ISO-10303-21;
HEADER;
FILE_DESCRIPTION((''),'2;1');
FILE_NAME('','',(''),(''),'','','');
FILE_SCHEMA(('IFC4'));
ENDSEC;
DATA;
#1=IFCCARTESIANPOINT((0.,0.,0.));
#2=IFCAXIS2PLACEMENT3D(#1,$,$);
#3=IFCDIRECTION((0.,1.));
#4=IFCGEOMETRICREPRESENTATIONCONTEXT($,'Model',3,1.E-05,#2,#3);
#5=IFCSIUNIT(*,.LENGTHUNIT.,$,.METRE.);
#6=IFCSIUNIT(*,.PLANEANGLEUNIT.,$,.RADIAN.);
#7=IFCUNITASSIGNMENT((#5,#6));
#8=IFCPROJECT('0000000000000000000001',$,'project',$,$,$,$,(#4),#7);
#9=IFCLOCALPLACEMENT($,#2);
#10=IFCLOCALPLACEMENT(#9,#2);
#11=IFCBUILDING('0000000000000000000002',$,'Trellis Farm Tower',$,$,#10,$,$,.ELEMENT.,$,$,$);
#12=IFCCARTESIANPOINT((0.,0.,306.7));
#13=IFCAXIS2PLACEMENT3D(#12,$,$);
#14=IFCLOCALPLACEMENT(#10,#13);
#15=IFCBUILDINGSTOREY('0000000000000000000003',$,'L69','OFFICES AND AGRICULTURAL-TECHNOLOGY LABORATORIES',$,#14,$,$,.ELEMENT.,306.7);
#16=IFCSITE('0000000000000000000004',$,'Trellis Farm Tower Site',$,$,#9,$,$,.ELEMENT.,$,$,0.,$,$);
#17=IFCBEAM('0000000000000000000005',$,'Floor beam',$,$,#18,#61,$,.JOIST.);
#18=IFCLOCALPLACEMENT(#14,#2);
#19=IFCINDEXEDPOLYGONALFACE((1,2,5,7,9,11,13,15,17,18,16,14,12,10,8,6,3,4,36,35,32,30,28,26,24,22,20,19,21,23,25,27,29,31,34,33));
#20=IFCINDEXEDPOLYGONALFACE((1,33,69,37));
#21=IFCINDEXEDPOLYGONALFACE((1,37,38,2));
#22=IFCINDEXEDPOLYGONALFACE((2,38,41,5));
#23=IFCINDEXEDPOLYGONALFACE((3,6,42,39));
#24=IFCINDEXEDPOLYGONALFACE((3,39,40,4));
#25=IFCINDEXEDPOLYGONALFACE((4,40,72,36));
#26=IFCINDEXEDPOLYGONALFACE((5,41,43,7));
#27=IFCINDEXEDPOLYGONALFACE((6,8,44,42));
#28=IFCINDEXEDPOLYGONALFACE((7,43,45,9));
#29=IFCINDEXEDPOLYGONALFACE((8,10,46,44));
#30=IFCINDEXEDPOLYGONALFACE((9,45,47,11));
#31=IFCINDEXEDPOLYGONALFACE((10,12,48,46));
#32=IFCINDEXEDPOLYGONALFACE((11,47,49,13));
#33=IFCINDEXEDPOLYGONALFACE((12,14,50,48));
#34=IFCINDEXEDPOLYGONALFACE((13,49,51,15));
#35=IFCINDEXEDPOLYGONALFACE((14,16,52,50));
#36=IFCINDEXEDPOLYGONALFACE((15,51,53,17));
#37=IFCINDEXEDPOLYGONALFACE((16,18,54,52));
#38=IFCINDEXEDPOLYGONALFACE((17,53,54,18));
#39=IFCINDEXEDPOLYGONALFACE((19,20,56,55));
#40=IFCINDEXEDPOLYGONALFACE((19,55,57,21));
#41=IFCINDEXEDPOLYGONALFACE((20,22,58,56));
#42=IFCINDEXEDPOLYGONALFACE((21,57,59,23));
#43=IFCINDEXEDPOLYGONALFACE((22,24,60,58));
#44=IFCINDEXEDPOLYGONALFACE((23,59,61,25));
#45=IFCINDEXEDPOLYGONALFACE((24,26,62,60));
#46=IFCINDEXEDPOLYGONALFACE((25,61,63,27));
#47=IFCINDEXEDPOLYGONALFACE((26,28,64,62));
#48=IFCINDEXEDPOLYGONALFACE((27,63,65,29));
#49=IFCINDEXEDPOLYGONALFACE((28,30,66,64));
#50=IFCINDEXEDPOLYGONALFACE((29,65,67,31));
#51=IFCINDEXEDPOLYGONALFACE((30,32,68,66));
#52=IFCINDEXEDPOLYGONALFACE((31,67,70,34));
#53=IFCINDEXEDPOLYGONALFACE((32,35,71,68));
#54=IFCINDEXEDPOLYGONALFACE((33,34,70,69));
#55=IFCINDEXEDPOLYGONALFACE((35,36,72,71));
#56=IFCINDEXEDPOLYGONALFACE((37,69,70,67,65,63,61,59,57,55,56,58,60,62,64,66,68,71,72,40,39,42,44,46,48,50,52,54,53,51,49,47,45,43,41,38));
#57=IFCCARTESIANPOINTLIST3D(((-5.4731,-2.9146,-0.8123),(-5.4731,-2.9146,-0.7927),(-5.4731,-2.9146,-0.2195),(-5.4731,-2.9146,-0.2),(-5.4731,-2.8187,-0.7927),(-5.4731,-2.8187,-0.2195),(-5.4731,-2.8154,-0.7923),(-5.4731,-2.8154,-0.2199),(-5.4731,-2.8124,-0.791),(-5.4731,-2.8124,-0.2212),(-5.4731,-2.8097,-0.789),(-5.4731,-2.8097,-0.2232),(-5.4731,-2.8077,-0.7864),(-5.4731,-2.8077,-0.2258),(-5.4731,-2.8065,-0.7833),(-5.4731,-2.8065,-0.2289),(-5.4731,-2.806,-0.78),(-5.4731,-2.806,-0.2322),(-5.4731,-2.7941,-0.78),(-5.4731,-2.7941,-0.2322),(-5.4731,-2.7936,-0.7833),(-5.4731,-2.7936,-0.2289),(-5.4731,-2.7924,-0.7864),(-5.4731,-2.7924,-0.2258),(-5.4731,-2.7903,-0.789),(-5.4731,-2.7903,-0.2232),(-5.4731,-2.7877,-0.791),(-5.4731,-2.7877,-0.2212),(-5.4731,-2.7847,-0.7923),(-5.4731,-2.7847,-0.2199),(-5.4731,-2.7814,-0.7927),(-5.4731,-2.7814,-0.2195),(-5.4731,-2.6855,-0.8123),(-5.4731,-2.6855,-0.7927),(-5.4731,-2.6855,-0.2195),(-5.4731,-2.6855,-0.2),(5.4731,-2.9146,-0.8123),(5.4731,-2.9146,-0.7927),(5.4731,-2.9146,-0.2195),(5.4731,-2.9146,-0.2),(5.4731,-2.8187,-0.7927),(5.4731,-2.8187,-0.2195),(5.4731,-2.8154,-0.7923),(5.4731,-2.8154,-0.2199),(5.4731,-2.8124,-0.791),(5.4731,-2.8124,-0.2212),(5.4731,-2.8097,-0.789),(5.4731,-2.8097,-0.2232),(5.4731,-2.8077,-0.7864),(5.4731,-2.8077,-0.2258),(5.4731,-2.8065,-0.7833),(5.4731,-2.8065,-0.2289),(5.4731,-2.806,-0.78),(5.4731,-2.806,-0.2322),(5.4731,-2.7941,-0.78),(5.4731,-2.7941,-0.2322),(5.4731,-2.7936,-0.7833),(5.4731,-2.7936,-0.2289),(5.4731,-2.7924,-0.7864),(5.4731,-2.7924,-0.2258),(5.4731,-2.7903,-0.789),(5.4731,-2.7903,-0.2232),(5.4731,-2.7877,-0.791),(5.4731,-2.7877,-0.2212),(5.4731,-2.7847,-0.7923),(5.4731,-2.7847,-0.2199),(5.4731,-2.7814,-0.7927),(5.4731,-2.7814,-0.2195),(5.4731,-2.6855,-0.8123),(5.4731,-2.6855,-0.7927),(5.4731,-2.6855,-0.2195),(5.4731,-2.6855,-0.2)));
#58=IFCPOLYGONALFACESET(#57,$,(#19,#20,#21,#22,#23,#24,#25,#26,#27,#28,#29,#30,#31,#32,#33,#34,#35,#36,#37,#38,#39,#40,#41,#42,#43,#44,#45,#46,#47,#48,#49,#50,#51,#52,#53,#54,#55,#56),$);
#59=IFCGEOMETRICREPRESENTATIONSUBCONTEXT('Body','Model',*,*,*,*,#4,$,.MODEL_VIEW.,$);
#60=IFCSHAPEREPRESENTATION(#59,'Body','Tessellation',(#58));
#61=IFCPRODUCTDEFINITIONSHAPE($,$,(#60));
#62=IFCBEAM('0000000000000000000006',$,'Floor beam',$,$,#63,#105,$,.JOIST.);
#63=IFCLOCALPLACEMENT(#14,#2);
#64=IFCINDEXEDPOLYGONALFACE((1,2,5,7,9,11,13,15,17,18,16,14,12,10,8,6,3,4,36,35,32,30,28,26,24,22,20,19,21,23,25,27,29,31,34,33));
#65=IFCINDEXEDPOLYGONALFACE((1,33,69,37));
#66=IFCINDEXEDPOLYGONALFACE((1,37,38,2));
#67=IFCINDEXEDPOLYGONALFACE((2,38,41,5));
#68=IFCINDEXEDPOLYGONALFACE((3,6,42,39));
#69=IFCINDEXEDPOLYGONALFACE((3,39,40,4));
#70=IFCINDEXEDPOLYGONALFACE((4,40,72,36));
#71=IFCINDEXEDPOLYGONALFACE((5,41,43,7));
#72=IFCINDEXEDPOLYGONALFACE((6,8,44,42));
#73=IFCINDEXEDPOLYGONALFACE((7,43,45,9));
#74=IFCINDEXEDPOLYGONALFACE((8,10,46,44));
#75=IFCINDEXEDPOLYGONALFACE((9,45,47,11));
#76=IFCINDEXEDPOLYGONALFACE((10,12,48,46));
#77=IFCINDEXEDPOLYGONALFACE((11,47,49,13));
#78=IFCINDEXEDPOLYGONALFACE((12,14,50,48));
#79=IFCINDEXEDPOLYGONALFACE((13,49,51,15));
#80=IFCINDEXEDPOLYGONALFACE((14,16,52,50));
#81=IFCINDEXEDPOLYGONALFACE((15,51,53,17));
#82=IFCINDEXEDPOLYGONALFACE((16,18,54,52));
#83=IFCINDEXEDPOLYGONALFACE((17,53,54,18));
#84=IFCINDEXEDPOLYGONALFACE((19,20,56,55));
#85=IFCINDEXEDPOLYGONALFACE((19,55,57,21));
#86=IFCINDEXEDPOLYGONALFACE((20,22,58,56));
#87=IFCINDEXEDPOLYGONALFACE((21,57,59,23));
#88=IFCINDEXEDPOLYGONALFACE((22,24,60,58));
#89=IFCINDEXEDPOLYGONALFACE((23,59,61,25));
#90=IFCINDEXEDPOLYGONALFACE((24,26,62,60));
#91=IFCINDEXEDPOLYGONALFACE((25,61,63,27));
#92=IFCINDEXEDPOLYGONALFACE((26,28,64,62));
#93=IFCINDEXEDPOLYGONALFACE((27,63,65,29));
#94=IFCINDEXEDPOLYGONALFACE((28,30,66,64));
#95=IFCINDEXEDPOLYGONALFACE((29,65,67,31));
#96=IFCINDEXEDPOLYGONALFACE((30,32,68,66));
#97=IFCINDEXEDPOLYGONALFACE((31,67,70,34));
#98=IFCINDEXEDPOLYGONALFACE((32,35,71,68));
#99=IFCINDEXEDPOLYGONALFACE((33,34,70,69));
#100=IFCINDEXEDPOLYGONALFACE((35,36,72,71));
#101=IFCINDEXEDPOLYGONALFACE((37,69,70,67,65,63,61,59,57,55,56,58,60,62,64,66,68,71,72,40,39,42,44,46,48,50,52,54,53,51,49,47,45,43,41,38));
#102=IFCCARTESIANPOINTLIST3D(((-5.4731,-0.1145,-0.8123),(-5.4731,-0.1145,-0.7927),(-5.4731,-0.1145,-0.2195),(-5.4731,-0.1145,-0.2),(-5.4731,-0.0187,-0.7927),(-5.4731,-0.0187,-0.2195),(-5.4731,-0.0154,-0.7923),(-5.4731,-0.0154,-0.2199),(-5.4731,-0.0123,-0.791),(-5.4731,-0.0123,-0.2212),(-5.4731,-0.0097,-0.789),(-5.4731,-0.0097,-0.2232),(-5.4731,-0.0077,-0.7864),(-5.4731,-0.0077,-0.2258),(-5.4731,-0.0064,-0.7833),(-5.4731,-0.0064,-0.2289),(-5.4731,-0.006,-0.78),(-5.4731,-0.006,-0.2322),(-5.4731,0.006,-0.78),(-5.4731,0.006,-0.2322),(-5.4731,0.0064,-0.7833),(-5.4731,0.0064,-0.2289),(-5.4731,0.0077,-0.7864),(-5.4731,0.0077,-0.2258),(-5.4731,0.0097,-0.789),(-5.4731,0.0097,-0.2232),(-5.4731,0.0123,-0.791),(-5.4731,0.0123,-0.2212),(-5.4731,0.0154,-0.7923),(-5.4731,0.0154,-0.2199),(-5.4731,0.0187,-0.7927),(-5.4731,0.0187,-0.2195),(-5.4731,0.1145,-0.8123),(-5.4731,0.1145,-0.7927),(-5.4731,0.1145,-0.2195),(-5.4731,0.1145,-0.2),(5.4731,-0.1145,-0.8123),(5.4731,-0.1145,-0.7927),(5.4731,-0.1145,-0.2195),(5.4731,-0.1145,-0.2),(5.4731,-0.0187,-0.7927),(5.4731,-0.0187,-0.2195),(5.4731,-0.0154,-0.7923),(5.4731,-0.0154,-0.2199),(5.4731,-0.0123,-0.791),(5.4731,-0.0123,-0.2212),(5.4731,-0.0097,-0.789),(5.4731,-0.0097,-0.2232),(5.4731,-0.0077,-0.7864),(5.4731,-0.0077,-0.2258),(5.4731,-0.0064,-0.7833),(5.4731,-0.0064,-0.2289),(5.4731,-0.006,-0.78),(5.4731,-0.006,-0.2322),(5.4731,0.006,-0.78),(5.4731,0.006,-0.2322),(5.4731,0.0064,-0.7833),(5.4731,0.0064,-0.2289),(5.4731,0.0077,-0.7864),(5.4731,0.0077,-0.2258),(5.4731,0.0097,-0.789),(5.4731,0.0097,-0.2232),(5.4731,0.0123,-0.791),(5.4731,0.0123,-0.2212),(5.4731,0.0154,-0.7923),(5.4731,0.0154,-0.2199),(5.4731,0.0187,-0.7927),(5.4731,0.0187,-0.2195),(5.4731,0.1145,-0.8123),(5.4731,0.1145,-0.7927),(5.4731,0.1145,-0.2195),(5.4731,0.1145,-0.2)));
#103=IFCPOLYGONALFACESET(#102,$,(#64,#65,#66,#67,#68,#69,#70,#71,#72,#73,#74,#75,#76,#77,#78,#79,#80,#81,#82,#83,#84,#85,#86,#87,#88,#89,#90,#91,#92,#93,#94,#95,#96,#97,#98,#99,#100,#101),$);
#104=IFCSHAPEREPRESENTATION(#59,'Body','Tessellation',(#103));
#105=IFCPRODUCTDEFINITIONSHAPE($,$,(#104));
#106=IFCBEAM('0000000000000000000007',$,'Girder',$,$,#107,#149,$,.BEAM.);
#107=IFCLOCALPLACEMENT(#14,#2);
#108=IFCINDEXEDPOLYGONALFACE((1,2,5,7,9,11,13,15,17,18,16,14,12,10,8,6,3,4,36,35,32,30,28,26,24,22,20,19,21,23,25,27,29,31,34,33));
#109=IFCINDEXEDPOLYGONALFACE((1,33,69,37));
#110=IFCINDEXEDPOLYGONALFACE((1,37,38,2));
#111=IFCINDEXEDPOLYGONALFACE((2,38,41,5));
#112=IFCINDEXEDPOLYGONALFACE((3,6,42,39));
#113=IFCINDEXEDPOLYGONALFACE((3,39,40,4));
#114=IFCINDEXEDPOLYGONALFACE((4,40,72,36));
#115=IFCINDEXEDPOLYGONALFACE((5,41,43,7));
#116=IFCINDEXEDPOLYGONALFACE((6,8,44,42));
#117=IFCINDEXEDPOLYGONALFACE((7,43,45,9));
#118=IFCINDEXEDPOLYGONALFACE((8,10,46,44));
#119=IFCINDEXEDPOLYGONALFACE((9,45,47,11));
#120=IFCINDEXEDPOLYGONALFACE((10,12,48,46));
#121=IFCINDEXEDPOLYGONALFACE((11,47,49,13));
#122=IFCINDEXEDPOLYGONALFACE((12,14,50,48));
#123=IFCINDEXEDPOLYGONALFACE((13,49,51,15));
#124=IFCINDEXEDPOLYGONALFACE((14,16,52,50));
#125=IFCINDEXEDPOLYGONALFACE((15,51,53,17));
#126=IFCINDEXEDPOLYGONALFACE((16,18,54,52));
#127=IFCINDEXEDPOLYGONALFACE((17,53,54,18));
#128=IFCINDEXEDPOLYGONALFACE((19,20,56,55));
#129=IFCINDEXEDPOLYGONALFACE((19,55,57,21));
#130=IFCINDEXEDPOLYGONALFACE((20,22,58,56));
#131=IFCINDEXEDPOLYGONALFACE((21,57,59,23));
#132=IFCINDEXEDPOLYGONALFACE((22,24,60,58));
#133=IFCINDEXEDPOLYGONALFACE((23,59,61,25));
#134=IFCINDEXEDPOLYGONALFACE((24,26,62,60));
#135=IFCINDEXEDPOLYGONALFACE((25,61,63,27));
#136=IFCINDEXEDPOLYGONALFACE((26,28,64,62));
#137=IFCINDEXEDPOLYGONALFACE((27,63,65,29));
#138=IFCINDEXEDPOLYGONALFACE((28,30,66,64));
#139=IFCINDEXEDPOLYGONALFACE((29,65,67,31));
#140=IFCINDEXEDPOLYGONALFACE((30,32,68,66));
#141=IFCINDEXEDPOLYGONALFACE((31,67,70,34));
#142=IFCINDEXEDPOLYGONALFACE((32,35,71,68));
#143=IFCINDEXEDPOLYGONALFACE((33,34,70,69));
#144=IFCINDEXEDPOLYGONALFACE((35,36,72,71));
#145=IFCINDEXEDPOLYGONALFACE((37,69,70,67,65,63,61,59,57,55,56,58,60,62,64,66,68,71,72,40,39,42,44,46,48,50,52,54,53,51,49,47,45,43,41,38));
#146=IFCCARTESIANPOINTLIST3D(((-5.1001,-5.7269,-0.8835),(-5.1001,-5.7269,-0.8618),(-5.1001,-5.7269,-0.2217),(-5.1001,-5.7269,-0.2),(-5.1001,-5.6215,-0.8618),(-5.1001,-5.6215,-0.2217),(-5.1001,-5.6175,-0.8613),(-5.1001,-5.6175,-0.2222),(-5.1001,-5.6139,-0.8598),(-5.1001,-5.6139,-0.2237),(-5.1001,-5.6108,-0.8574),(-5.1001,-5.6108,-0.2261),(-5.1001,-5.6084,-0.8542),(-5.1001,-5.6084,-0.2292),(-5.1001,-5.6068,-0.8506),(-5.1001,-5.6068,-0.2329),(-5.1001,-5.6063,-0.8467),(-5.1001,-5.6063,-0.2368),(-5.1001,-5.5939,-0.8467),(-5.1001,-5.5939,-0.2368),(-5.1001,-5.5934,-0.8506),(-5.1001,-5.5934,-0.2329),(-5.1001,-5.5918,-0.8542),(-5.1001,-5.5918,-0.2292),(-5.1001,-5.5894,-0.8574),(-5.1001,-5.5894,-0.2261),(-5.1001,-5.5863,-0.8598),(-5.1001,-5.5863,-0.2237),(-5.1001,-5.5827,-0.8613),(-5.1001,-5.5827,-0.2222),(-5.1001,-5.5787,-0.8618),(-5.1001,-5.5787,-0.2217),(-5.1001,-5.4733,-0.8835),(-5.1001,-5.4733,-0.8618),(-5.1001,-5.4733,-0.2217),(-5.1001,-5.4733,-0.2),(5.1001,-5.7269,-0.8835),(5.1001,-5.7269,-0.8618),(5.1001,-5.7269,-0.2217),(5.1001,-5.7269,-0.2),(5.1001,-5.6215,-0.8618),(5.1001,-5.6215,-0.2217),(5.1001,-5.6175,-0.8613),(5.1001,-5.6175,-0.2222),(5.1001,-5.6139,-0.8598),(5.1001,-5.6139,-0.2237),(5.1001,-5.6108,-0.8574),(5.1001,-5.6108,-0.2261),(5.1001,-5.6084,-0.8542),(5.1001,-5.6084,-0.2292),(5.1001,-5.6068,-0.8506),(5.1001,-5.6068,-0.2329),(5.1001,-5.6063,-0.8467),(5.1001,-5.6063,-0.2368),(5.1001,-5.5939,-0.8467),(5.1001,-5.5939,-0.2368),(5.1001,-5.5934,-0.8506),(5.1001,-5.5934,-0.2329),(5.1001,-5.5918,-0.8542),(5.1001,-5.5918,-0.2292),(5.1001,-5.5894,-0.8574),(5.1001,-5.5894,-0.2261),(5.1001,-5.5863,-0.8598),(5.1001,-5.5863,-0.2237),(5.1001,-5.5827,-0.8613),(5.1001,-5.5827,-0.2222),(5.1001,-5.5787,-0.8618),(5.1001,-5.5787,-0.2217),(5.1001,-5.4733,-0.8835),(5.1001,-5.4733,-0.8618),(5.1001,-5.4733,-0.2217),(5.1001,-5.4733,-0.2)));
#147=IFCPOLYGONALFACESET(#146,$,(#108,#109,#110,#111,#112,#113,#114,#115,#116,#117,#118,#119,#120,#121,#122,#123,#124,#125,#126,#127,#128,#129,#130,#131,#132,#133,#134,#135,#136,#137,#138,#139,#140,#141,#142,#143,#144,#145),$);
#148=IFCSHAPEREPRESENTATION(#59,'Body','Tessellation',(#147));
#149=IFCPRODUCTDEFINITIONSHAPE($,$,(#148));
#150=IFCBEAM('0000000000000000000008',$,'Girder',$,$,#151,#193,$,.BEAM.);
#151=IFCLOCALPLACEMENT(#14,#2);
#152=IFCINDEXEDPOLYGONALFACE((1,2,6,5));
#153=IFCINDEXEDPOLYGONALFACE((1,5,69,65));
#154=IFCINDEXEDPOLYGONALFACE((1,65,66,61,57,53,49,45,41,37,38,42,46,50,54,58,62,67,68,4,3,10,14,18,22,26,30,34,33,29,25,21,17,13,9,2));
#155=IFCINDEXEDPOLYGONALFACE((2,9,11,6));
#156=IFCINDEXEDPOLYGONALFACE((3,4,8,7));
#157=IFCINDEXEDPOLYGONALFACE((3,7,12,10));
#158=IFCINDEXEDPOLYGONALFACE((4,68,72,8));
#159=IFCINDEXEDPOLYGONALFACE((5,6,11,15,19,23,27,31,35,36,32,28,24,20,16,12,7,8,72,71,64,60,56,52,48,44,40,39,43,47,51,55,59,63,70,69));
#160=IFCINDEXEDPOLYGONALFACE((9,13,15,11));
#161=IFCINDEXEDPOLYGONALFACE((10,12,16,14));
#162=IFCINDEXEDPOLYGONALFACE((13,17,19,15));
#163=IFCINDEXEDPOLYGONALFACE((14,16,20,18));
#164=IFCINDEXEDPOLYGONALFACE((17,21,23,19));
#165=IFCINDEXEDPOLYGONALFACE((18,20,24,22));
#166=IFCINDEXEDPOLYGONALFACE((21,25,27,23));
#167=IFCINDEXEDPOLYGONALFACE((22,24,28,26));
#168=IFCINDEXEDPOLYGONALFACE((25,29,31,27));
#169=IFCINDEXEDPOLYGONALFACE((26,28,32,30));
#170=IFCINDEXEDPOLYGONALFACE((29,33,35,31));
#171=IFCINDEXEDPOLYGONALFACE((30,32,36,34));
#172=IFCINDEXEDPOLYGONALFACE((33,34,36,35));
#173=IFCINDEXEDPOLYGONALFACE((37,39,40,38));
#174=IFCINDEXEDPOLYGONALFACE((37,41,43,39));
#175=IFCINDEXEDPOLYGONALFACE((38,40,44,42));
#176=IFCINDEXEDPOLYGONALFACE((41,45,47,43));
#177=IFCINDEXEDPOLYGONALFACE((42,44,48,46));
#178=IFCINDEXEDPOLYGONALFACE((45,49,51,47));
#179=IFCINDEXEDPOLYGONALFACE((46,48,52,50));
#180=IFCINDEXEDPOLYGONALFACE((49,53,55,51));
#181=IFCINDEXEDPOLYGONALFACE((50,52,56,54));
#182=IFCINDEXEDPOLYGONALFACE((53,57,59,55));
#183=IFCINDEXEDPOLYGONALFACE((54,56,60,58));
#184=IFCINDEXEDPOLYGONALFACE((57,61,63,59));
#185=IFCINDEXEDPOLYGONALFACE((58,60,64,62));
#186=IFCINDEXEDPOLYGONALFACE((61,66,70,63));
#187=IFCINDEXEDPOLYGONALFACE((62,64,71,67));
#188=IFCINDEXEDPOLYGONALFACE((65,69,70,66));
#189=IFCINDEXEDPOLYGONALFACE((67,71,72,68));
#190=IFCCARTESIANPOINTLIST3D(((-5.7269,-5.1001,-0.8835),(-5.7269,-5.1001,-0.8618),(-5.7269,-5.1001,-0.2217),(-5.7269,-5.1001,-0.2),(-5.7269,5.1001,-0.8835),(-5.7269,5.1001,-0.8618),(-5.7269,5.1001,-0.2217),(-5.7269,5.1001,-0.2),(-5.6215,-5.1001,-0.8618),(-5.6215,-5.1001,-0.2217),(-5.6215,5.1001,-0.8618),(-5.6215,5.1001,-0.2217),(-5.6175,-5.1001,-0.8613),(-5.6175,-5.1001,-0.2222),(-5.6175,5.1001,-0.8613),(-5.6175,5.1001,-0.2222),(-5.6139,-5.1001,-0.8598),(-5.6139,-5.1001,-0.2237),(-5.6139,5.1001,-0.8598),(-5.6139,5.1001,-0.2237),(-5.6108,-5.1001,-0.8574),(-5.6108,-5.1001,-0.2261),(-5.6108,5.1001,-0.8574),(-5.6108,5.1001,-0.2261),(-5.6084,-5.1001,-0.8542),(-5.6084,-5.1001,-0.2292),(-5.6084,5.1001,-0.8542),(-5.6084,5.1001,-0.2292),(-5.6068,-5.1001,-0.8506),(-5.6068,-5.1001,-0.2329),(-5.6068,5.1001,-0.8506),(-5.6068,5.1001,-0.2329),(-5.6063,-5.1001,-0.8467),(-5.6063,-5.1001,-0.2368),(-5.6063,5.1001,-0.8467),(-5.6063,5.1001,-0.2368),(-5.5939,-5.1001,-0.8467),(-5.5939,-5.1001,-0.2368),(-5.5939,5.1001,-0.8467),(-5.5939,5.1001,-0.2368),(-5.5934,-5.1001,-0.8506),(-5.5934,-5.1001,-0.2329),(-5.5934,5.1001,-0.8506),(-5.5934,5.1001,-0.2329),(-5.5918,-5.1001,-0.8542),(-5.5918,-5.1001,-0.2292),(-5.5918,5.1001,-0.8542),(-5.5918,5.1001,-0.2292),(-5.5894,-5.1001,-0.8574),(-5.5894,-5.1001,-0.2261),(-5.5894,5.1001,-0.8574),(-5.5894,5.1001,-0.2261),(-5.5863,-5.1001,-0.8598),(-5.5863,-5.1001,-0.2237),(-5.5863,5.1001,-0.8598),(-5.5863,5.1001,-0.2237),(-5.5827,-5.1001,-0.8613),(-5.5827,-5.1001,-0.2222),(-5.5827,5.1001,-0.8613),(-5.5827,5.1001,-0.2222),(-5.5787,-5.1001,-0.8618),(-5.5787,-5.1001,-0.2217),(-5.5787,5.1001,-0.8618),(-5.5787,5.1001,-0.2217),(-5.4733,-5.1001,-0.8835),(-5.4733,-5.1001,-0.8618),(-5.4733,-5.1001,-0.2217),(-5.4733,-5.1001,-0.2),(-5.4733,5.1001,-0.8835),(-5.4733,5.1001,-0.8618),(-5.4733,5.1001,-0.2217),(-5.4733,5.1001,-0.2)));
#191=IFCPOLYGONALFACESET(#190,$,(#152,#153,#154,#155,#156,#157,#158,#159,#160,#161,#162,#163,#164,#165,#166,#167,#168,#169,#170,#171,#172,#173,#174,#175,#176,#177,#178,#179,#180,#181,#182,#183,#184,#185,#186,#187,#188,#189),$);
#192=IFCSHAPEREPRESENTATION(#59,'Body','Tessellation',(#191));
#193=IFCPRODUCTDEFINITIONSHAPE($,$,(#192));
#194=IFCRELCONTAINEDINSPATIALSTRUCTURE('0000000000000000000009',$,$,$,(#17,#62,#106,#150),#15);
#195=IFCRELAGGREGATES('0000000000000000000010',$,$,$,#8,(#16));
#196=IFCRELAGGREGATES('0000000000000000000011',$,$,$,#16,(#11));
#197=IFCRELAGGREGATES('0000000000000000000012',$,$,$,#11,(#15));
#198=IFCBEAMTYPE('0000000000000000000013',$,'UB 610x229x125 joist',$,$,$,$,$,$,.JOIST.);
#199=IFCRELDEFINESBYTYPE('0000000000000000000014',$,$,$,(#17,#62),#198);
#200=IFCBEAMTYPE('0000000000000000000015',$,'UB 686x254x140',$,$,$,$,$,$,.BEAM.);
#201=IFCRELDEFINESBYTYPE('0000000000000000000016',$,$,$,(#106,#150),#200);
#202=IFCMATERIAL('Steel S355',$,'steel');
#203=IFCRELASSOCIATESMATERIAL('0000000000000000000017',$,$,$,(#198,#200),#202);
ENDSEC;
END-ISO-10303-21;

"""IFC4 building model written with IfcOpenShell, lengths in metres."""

from ifc_helpers import new_model, si_unit, direction, frame, origin, origin_2d, place, context, subcontext, project, spatial, i_section, extrude, source, transform, mapped, material, material_profile, profile_set, type_object, element, save


model = new_model("IFC4")

# Units and contexts
model_context = context("Model", 3, precision=1e-05, world=origin(), true_north=direction((0.0, 1.0)))
body_context = subcontext(model_context, "Body", "Model", "MODEL_VIEW")
ifc_project = project(units=[si_unit("LENGTHUNIT", "METRE"), si_unit("PLANEANGLEUNIT", "RADIAN")], contexts=[model_context])

# Site, building, storey
site_placement = place(None, origin())
site = spatial("IfcSite", under=ifc_project, at=site_placement, Name="Trellis Farm Tower Site", CompositionType="ELEMENT", RefElevation=0.0)
building_placement = place(site_placement, origin())
building = spatial("IfcBuilding", under=site, at=building_placement, Name="Trellis Farm Tower", CompositionType="ELEMENT")
storey_placement = place(building_placement, frame((0.0, 0.0, 306.7)))
storey = spatial("IfcBuildingStorey", under=building, at=storey_placement, Name="L69", Description="OFFICES AND AGRICULTURAL-TECHNOLOGY LABORATORIES", CompositionType="ELEMENT", Elevation=306.7)

# Beams
ifc_material_1 = material(Name="Steel S355", Category="steel")
ifc_material_profile_1 = material_profile(ifc_material_1, i_section(OverallWidth=0.229, OverallDepth=0.6123, WebThickness=0.012, FlangeThickness=0.0195, FilletRadius=0.0127, at=origin_2d()), Name="UB 610x229x125")
ifc_profile_set_1 = profile_set([ifc_material_profile_1], Name="Steel S355")
beam_type_1 = type_object("IfcBeamType", Name="UB 610x229x125 joist", PredefinedType="JOIST", material=ifc_profile_set_1)
shared_shape_1 = source(origin(), body_context, "Body", "SweptSolid", [
    extrude(i_section(OverallWidth=0.229, OverallDepth=0.6123, WebThickness=0.012, FlangeThickness=0.0195, FilletRadius=0.0127, at=origin_2d()), origin(), (0.0, 0.0, 1.0), 10.9463),
])
for number, where, z_axis, x_axis, name in (
    (1, (-5.4731, -2.8, -0.5061), (1.0, 0.0, 0.0), (0.0, 1.0, 0.0), "Floor beam"),
    (2, (-5.4731, 0.0, -0.5061), (1.0, 0.0, 0.0), (0.0, 1.0, 0.0), "Floor beam"),
):
    element("IfcBeam", number, at=place(storey_placement, frame(where, z_axis=z_axis, x_axis=x_axis)), inside=storey, type_object=beam_type_1, Name=name, PredefinedType="JOIST", context=body_context, shape_type="MappedRepresentation", body=[
        mapped(shared_shape_1, transform((0.0, 0.0, 0.0))),
    ])
ifc_material_profile_2 = material_profile(ifc_material_1, i_section(OverallWidth=0.2537, OverallDepth=0.6836, WebThickness=0.0125, FlangeThickness=0.0217, FilletRadius=0.0151, at=origin_2d()), Name="UB 686x254x140")
ifc_profile_set_2 = profile_set([ifc_material_profile_2], Name="Steel S355")
beam_type_2 = type_object("IfcBeamType", Name="UB 686x254x140", PredefinedType="BEAM", material=ifc_profile_set_2)
shared_shape_2 = source(origin(), body_context, "Body", "SweptSolid", [
    extrude(i_section(OverallWidth=0.2537, OverallDepth=0.6836, WebThickness=0.0125, FlangeThickness=0.0217, FilletRadius=0.0151, at=origin_2d()), origin(), (0.0, 0.0, 1.0), 10.2002),
])
for number, where, z_axis, x_axis, name in (
    (3, (-5.1001, -5.6001, -0.5417), (1.0, 0.0, 0.0), (0.0, 1.0, 0.0), "Girder"),
    (4, (-5.6001, -5.1001, -0.5417), (0.0, 1.0, 0.0), (-1.0, 0.0, 0.0), "Girder"),
):
    element("IfcBeam", number, at=place(storey_placement, frame(where, z_axis=z_axis, x_axis=x_axis)), inside=storey, type_object=beam_type_2, Name=name, PredefinedType="BEAM", context=body_context, shape_type="MappedRepresentation", body=[
        mapped(shared_shape_2, transform((0.0, 0.0, 0.0))),
    ])

save(model, "model.ifc")
